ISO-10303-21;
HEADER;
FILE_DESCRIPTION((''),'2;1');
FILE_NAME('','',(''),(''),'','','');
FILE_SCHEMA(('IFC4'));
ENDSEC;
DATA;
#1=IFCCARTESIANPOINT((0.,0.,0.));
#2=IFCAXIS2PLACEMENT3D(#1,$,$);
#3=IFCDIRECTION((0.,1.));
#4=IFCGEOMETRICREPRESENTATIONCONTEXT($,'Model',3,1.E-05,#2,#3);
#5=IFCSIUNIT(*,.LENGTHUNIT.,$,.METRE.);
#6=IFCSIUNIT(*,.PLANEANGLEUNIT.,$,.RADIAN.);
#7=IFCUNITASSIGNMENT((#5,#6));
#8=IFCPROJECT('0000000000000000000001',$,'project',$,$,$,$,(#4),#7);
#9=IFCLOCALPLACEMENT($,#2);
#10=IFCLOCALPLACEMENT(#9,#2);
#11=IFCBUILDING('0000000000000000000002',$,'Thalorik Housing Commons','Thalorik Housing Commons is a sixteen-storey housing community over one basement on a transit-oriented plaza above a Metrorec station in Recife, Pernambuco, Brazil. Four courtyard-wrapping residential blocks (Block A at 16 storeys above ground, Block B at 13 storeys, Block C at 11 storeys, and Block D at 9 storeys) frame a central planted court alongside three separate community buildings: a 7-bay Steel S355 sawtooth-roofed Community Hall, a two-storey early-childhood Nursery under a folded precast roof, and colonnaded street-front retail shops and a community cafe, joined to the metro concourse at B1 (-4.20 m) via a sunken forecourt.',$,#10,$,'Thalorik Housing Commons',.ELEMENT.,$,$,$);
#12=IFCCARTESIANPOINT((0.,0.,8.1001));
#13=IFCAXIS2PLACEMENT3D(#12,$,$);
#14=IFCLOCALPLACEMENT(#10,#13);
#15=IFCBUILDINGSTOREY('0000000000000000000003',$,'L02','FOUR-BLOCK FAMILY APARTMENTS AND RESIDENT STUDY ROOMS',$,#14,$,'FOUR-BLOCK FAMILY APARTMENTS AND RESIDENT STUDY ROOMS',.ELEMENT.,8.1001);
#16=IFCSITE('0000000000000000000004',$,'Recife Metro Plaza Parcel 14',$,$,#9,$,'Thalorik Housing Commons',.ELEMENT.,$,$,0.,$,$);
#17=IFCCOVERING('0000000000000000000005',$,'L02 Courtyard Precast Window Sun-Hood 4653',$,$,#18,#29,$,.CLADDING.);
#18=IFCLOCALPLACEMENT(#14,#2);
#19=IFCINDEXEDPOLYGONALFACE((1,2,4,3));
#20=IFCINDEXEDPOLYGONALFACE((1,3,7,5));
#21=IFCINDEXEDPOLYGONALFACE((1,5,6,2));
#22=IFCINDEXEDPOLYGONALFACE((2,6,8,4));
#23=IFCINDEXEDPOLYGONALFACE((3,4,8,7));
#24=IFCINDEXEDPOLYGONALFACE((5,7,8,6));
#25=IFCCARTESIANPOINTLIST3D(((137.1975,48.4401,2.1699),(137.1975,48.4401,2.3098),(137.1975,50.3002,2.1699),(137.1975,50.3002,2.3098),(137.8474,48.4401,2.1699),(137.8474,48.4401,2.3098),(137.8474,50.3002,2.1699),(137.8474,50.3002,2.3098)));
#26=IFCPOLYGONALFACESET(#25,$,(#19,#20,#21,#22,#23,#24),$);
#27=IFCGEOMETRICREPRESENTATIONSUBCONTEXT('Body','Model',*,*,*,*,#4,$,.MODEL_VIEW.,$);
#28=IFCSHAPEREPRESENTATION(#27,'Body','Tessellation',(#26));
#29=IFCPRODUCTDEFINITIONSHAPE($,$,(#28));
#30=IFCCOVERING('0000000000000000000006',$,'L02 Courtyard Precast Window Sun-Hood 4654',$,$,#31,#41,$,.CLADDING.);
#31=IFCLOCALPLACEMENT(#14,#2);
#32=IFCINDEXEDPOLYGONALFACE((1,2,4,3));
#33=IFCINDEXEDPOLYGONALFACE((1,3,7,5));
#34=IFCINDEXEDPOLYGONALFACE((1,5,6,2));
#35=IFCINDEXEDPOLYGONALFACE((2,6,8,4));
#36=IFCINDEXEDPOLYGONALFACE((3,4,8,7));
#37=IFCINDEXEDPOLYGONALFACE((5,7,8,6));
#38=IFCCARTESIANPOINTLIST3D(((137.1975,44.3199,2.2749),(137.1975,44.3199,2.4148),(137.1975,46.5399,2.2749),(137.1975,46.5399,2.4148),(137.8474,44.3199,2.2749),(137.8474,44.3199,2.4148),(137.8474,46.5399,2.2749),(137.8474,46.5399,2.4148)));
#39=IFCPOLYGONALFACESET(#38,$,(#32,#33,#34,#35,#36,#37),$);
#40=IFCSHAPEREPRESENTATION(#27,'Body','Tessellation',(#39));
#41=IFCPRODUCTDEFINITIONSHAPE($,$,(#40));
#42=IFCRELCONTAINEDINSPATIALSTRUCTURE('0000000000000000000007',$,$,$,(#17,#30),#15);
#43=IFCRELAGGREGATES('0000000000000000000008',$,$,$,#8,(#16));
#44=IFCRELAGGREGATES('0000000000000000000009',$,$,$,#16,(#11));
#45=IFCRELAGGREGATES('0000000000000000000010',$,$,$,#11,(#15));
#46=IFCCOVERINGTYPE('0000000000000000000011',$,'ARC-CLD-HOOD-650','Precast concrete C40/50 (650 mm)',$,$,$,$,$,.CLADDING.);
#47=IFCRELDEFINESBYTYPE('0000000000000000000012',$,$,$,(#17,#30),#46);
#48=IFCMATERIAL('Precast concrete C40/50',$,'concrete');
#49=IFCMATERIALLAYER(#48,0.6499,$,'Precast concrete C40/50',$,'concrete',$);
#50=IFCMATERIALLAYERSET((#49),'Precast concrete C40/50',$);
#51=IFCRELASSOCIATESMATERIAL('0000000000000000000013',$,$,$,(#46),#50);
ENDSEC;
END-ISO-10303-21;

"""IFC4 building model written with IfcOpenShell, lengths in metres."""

from ifc_helpers import new_model, si_unit, direction, frame, origin, origin_2d, place, context, subcontext, project, spatial, rectangle, extrude, material, layer, layer_set, type_object, element, save


model = new_model("IFC4")

# Units and contexts
model_context = context("Model", 3, precision=1e-05, world=origin(), true_north=direction((0.0, 1.0)))
body_context = subcontext(model_context, "Body", "Model", "MODEL_VIEW")
ifc_project = project(units=[si_unit("LENGTHUNIT", "METRE"), si_unit("PLANEANGLEUNIT", "RADIAN")], contexts=[model_context])

# Site, building, storey
site_placement = place(None, origin())
site = spatial("IfcSite", under=ifc_project, at=site_placement, Name="Recife Metro Plaza Parcel 14", LongName="Thalorik Housing Commons", CompositionType="ELEMENT", RefElevation=0.0)
building_placement = place(site_placement, origin())
building = spatial("IfcBuilding", under=site, at=building_placement, Name="Thalorik Housing Commons", Description="Thalorik Housing Commons is a sixteen-storey housing community over one basement on a transit-oriented plaza above a Metrorec station in Recife, Pernambuco, Brazil. Four courtyard-wrapping residential blocks (Block A at 16 storeys above ground, Block B at 13 storeys, Block C at 11 storeys, and Block D at 9 storeys) frame a central planted court alongside three separate community buildings: a 7-bay Steel S355 sawtooth-roofed Community Hall, a two-storey early-childhood Nursery under a folded precast roof, and colonnaded street-front retail shops and a community cafe, joined to the metro concourse at B1 (-4.20 m) via a sunken forecourt.", LongName="Thalorik Housing Commons", CompositionType="ELEMENT")
storey_placement = place(building_placement, frame((0.0, 0.0, 8.1001)))
storey = spatial("IfcBuildingStorey", under=building, at=storey_placement, Name="L02", Description="FOUR-BLOCK FAMILY APARTMENTS AND RESIDENT STUDY ROOMS", LongName="FOUR-BLOCK FAMILY APARTMENTS AND RESIDENT STUDY ROOMS", CompositionType="ELEMENT", Elevation=8.1001)

# Shared definitions
ifc_material_1 = material(Name="Precast concrete C40/50", Category="concrete")

# Coverings
ifc_layer_1 = layer(ifc_material_1, 0.6499, Name="Precast concrete C40/50", Category="concrete")
ifc_layer_set_1 = layer_set([ifc_layer_1], Name="Precast concrete C40/50")
covering_type = type_object("IfcCoveringType", Name="ARC-CLD-HOOD-650", Description="Precast concrete C40/50 (650 mm)", PredefinedType="CLADDING", material=ifc_layer_set_1)
covering_1_placement = place(storey_placement, frame((137.5225, 49.3701, 2.1699), z_axis=(0.0, 0.0, 1.0), x_axis=(0.0, -1.0, 0.0)))
element("IfcCovering", 1, at=covering_1_placement, inside=storey, type_object=covering_type, Name="L02 Courtyard Precast Window Sun-Hood 4653", PredefinedType="CLADDING", context=body_context, shape_type="SweptSolid", body=[
    extrude(rectangle(XDim=1.8601, YDim=0.6499, at=origin_2d()), origin(), (0.0, 0.0, 1.0), 0.1399),
])
covering_2_placement = place(storey_placement, frame((137.5225, 45.4299, 2.2749), z_axis=(0.0, 0.0, 1.0), x_axis=(0.0, -1.0, 0.0)))
element("IfcCovering", 2, at=covering_2_placement, inside=storey, type_object=covering_type, Name="L02 Courtyard Precast Window Sun-Hood 4654", PredefinedType="CLADDING", context=body_context, shape_type="SweptSolid", body=[
    extrude(rectangle(XDim=2.22, YDim=0.6499, at=origin_2d()), origin(), (0.0, 0.0, 1.0), 0.1399),
])

save(model, "model.ifc")
